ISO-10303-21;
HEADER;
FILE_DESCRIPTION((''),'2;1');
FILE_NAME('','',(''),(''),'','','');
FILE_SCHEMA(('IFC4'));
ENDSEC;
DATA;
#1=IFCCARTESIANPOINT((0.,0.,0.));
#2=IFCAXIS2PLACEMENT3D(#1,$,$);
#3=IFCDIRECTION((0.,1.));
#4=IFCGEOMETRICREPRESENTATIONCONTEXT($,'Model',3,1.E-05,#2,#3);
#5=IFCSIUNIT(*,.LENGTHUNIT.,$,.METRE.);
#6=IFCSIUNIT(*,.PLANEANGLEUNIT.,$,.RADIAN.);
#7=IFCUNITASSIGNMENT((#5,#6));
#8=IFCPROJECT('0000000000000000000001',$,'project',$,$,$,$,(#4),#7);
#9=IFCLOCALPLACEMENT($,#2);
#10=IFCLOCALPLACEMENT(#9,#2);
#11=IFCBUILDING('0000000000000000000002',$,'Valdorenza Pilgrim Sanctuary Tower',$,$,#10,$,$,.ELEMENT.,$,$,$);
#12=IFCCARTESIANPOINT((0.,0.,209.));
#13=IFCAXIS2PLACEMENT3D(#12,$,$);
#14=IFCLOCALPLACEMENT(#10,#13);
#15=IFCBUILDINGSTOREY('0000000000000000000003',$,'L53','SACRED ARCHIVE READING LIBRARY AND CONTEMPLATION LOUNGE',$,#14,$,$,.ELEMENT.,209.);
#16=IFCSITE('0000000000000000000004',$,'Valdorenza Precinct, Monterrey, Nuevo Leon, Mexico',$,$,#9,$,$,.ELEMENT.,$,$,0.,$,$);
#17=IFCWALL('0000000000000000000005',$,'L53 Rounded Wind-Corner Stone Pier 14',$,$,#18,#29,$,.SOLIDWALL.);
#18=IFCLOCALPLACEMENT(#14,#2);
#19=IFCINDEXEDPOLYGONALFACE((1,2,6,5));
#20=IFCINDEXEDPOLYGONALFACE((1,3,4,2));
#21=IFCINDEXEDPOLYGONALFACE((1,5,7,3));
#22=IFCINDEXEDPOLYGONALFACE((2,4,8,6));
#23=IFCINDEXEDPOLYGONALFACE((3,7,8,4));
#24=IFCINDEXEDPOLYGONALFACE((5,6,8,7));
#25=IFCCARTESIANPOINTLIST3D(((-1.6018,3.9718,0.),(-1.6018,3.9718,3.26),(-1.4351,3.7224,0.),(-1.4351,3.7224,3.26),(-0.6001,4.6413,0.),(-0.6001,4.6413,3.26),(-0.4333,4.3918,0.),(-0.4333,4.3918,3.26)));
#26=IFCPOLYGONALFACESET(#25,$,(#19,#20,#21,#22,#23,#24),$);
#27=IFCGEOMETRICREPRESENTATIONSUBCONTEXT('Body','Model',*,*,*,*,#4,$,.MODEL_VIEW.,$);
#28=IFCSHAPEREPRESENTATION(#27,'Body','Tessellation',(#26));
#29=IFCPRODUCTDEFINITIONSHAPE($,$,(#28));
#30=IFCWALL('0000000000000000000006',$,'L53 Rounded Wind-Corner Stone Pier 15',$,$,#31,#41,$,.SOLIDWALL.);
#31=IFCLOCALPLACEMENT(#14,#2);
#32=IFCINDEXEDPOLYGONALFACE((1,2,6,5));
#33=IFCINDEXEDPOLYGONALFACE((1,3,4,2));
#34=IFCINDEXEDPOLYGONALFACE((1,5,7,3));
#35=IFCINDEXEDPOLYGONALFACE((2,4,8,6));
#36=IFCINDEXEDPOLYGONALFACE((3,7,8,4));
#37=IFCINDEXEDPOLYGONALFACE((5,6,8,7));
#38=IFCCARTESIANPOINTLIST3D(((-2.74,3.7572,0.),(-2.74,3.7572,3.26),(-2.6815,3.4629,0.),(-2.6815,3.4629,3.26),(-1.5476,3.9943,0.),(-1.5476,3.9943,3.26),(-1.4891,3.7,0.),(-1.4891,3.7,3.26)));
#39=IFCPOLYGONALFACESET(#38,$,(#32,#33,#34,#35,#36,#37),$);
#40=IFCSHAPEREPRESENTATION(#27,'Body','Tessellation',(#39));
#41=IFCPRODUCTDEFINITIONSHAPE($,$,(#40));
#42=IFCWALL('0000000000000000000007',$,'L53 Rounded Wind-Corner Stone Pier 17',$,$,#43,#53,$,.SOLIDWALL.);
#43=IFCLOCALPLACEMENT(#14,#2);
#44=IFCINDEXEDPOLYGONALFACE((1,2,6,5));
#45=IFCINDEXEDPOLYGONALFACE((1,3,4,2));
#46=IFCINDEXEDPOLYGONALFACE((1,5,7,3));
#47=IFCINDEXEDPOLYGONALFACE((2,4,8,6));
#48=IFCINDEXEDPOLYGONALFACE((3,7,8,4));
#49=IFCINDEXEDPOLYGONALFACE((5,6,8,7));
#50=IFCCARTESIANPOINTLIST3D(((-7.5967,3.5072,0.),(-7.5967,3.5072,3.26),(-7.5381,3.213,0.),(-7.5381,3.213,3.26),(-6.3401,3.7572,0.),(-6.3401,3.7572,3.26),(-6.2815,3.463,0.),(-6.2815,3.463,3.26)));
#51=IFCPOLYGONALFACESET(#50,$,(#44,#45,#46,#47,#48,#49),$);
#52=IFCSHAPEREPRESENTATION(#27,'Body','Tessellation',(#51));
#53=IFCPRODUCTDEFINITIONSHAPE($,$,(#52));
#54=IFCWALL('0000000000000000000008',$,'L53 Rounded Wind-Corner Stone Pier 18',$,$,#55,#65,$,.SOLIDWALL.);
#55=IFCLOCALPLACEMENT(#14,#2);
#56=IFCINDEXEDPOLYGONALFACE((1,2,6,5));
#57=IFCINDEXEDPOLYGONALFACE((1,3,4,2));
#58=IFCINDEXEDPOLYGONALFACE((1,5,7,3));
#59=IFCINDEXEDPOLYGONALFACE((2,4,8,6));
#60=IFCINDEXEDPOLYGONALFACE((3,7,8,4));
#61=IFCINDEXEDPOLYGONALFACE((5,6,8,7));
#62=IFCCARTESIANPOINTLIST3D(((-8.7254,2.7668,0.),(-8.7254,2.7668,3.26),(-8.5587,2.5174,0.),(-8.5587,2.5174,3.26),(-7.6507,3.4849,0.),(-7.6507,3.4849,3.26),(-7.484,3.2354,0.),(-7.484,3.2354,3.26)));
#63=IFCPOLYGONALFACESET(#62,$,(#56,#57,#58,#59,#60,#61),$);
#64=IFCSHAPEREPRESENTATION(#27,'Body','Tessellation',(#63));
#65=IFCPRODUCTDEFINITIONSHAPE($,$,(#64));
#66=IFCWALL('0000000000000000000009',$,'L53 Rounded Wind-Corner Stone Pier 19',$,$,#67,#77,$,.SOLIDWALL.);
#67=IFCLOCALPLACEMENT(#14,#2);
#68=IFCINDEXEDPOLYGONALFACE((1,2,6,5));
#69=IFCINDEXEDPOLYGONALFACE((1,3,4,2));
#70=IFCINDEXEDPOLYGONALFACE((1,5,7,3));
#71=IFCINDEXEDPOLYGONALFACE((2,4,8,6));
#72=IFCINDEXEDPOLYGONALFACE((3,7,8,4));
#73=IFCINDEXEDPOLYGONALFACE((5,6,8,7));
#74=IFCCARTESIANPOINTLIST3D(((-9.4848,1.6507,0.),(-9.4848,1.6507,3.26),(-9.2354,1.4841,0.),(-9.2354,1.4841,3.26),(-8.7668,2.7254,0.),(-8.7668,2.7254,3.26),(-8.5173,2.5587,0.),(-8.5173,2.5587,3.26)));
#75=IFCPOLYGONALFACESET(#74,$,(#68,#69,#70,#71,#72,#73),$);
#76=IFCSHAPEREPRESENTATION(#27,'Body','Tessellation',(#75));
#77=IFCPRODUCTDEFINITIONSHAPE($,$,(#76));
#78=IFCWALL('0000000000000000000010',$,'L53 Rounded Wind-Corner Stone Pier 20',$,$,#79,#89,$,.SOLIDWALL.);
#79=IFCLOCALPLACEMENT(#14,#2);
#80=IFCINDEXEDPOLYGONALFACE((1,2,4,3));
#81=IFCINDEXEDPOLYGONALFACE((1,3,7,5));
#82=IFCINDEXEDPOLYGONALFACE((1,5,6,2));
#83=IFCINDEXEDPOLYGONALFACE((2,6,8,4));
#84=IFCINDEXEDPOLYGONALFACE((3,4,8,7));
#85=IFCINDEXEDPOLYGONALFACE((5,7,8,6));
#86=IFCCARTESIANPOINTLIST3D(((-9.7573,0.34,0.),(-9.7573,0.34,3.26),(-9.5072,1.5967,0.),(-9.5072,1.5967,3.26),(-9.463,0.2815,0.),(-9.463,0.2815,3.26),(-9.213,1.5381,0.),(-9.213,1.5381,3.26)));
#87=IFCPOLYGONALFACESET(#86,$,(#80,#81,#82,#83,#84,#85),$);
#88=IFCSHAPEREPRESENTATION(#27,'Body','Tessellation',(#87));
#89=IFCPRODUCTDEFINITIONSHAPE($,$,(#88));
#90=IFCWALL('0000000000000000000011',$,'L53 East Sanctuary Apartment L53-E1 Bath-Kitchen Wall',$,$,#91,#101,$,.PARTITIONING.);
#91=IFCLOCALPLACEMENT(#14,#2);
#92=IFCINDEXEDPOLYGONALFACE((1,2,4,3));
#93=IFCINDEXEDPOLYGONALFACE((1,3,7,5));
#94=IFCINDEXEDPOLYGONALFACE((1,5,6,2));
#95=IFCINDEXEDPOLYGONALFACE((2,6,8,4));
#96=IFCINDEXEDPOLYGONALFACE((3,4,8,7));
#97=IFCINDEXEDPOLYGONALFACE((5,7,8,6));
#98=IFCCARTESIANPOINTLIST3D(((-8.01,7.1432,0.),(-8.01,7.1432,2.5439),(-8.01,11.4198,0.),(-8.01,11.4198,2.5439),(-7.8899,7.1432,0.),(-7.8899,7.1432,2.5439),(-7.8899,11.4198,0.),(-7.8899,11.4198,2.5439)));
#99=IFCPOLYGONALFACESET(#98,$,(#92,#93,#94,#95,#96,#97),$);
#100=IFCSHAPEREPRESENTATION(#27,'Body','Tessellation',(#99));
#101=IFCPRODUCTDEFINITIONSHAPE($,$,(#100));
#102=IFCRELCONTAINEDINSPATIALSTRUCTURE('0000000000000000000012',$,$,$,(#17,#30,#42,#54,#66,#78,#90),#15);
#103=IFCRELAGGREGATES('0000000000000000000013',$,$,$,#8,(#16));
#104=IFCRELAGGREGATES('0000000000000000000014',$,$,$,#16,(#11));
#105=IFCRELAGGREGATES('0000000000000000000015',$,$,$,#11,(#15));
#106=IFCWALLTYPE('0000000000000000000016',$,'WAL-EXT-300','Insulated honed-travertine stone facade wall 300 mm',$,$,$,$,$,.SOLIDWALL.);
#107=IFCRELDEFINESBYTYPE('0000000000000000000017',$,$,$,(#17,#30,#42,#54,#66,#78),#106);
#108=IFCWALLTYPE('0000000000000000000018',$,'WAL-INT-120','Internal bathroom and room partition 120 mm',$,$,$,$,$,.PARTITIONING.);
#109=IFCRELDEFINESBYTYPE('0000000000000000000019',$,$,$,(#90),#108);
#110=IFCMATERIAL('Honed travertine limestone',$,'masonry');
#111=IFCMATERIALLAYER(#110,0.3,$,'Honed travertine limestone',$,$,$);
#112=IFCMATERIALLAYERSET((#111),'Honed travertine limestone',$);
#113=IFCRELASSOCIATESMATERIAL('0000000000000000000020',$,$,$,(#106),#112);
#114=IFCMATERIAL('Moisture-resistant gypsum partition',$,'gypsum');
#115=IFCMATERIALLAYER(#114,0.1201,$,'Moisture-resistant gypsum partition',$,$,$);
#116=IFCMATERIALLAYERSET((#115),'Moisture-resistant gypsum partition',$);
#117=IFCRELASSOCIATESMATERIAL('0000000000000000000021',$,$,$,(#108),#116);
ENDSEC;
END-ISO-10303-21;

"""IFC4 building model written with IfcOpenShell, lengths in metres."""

from ifc_helpers import new_model, si_unit, direction, frame, frame_2d, origin, place, context, subcontext, project, spatial, rectangle, extrude, material, layer, layer_set, type_object, element, save


model = new_model("IFC4")

# Units and contexts
model_context = context("Model", 3, precision=1e-05, world=origin(), true_north=direction((0.0, 1.0)))
body_context = subcontext(model_context, "Body", "Model", "MODEL_VIEW")
ifc_project = project(units=[si_unit("LENGTHUNIT", "METRE"), si_unit("PLANEANGLEUNIT", "RADIAN")], contexts=[model_context])

# Site, building, storey
site_placement = place(None, origin())
site = spatial("IfcSite", under=ifc_project, at=site_placement, Name="Valdorenza Precinct, Monterrey, Nuevo Leon, Mexico", CompositionType="ELEMENT", RefElevation=0.0)
building_placement = place(site_placement, origin())
building = spatial("IfcBuilding", under=site, at=building_placement, Name="Valdorenza Pilgrim Sanctuary Tower", CompositionType="ELEMENT")
storey_placement = place(building_placement, frame((0.0, 0.0, 209.0)))
storey = spatial("IfcBuildingStorey", under=building, at=storey_placement, Name="L53", Description="SACRED ARCHIVE READING LIBRARY AND CONTEMPLATION LOUNGE", CompositionType="ELEMENT", Elevation=209.0)

# Shared definitions
ifc_material_1 = material(Name="Honed travertine limestone", Category="masonry")

# Walls
ifc_layer_1 = layer(ifc_material_1, 0.3, Name="Honed travertine limestone")
ifc_layer_set_1 = layer_set([ifc_layer_1], Name="Honed travertine limestone")
wall_type_1 = type_object("IfcWallType", Name="WAL-EXT-300", Description="Insulated honed-travertine stone facade wall 300 mm", PredefinedType="SOLIDWALL", material=ifc_layer_set_1)
for number, where, z_axis, x_axis, name in (
    (1, (-0.5166, 4.5166, 0.0), (0.0, 0.0, 1.0), (-0.831426, -0.555635, 0.0), "L53 Rounded Wind-Corner Stone Pier 14"),
):
    element("IfcWall", number, at=place(storey_placement, frame(where, z_axis=z_axis, x_axis=x_axis)), inside=storey, type_object=wall_type_1, Name=name, PredefinedType="SOLIDWALL", context=body_context, shape_type="SweptSolid", body=[
        extrude(rectangle(XDim=1.2048, YDim=0.3, at=frame_2d((0.6025, 0.0))), origin(), (0.0, 0.0, 1.0), 3.26),
    ])
wall_1_placement = place(storey_placement, frame((-1.5183, 3.8472, 0.0), z_axis=(0.0, 0.0, 1.0), x_axis=(-0.980804, -0.194996, 0.0)))
element("IfcWall", 2, at=wall_1_placement, inside=storey, type_object=wall_type_1, Name="L53 Rounded Wind-Corner Stone Pier 15", PredefinedType="SOLIDWALL", context=body_context, shape_type="SweptSolid", body=[
    extrude(rectangle(XDim=1.2158, YDim=0.3, at=frame_2d((0.6079, 0.0))), origin(), (0.0, 0.0, 1.0), 3.26),
])
wall_2_placement = place(storey_placement, frame((-6.3108, 3.6101, 0.0), z_axis=(0.0, 0.0, 1.0), x_axis=(-0.980778, -0.195127, 0.0)))
element("IfcWall", 3, at=wall_2_placement, inside=storey, type_object=wall_type_1, Name="L53 Rounded Wind-Corner Stone Pier 17", PredefinedType="SOLIDWALL", context=body_context, shape_type="SweptSolid", body=[
    extrude(rectangle(XDim=1.2812, YDim=0.3, at=frame_2d((0.6406, 0.0))), origin(), (0.0, 0.0, 1.0), 3.26),
])
for number, where, z_axis, x_axis, name in (
    (4, (-7.5674, 3.3601, 0.0), (0.0, 0.0, 1.0), (-0.831498, -0.555528, 0.0), "L53 Rounded Wind-Corner Stone Pier 18"),
    (5, (-8.6421, 2.6421, 0.0), (0.0, 0.0, 1.0), (-0.555528, -0.831498, 0.0), "L53 Rounded Wind-Corner Stone Pier 19"),
):
    element("IfcWall", number, at=place(storey_placement, frame(where, z_axis=z_axis, x_axis=x_axis)), inside=storey, type_object=wall_type_1, Name=name, PredefinedType="SOLIDWALL", context=body_context, shape_type="SweptSolid", body=[
        extrude(rectangle(XDim=1.2925, YDim=0.3, at=frame_2d((0.6462, 0.0))), origin(), (0.0, 0.0, 1.0), 3.26),
    ])
wall_3_placement = place(storey_placement, frame((-9.3601, 1.5674, 0.0), z_axis=(0.0, 0.0, 1.0), x_axis=(-0.195127, -0.980778, 0.0)))
element("IfcWall", 6, at=wall_3_placement, inside=storey, type_object=wall_type_1, Name="L53 Rounded Wind-Corner Stone Pier 20", PredefinedType="SOLIDWALL", context=body_context, shape_type="SweptSolid", body=[
    extrude(rectangle(XDim=1.2812, YDim=0.3, at=frame_2d((0.6406, 0.0))), origin(), (0.0, 0.0, 1.0), 3.26),
])
ifc_material_2 = material(Name="Moisture-resistant gypsum partition", Category="gypsum")
ifc_layer_2 = layer(ifc_material_2, 0.1201, Name="Moisture-resistant gypsum partition")
ifc_layer_set_2 = layer_set([ifc_layer_2], Name="Moisture-resistant gypsum partition")
wall_type_2 = type_object("IfcWallType", Name="WAL-INT-120", Description="Internal bathroom and room partition 120 mm", PredefinedType="PARTITIONING", material=ifc_layer_set_2)
wall_4_placement = place(storey_placement, frame((-7.95, 7.1433, 0.0), z_axis=(0.0, 0.0, 1.0), x_axis=(0.0, 1.0, 0.0)))
element("IfcWall", 7, at=wall_4_placement, inside=storey, type_object=wall_type_2, Name="L53 East Sanctuary Apartment L53-E1 Bath-Kitchen Wall", PredefinedType="PARTITIONING", context=body_context, shape_type="SweptSolid", body=[
    extrude(rectangle(XDim=4.2766, YDim=0.1201, at=frame_2d((2.1382, 0.0))), origin(), (0.0, 0.0, 1.0), 2.5439),
])

save(model, "model.ifc")
